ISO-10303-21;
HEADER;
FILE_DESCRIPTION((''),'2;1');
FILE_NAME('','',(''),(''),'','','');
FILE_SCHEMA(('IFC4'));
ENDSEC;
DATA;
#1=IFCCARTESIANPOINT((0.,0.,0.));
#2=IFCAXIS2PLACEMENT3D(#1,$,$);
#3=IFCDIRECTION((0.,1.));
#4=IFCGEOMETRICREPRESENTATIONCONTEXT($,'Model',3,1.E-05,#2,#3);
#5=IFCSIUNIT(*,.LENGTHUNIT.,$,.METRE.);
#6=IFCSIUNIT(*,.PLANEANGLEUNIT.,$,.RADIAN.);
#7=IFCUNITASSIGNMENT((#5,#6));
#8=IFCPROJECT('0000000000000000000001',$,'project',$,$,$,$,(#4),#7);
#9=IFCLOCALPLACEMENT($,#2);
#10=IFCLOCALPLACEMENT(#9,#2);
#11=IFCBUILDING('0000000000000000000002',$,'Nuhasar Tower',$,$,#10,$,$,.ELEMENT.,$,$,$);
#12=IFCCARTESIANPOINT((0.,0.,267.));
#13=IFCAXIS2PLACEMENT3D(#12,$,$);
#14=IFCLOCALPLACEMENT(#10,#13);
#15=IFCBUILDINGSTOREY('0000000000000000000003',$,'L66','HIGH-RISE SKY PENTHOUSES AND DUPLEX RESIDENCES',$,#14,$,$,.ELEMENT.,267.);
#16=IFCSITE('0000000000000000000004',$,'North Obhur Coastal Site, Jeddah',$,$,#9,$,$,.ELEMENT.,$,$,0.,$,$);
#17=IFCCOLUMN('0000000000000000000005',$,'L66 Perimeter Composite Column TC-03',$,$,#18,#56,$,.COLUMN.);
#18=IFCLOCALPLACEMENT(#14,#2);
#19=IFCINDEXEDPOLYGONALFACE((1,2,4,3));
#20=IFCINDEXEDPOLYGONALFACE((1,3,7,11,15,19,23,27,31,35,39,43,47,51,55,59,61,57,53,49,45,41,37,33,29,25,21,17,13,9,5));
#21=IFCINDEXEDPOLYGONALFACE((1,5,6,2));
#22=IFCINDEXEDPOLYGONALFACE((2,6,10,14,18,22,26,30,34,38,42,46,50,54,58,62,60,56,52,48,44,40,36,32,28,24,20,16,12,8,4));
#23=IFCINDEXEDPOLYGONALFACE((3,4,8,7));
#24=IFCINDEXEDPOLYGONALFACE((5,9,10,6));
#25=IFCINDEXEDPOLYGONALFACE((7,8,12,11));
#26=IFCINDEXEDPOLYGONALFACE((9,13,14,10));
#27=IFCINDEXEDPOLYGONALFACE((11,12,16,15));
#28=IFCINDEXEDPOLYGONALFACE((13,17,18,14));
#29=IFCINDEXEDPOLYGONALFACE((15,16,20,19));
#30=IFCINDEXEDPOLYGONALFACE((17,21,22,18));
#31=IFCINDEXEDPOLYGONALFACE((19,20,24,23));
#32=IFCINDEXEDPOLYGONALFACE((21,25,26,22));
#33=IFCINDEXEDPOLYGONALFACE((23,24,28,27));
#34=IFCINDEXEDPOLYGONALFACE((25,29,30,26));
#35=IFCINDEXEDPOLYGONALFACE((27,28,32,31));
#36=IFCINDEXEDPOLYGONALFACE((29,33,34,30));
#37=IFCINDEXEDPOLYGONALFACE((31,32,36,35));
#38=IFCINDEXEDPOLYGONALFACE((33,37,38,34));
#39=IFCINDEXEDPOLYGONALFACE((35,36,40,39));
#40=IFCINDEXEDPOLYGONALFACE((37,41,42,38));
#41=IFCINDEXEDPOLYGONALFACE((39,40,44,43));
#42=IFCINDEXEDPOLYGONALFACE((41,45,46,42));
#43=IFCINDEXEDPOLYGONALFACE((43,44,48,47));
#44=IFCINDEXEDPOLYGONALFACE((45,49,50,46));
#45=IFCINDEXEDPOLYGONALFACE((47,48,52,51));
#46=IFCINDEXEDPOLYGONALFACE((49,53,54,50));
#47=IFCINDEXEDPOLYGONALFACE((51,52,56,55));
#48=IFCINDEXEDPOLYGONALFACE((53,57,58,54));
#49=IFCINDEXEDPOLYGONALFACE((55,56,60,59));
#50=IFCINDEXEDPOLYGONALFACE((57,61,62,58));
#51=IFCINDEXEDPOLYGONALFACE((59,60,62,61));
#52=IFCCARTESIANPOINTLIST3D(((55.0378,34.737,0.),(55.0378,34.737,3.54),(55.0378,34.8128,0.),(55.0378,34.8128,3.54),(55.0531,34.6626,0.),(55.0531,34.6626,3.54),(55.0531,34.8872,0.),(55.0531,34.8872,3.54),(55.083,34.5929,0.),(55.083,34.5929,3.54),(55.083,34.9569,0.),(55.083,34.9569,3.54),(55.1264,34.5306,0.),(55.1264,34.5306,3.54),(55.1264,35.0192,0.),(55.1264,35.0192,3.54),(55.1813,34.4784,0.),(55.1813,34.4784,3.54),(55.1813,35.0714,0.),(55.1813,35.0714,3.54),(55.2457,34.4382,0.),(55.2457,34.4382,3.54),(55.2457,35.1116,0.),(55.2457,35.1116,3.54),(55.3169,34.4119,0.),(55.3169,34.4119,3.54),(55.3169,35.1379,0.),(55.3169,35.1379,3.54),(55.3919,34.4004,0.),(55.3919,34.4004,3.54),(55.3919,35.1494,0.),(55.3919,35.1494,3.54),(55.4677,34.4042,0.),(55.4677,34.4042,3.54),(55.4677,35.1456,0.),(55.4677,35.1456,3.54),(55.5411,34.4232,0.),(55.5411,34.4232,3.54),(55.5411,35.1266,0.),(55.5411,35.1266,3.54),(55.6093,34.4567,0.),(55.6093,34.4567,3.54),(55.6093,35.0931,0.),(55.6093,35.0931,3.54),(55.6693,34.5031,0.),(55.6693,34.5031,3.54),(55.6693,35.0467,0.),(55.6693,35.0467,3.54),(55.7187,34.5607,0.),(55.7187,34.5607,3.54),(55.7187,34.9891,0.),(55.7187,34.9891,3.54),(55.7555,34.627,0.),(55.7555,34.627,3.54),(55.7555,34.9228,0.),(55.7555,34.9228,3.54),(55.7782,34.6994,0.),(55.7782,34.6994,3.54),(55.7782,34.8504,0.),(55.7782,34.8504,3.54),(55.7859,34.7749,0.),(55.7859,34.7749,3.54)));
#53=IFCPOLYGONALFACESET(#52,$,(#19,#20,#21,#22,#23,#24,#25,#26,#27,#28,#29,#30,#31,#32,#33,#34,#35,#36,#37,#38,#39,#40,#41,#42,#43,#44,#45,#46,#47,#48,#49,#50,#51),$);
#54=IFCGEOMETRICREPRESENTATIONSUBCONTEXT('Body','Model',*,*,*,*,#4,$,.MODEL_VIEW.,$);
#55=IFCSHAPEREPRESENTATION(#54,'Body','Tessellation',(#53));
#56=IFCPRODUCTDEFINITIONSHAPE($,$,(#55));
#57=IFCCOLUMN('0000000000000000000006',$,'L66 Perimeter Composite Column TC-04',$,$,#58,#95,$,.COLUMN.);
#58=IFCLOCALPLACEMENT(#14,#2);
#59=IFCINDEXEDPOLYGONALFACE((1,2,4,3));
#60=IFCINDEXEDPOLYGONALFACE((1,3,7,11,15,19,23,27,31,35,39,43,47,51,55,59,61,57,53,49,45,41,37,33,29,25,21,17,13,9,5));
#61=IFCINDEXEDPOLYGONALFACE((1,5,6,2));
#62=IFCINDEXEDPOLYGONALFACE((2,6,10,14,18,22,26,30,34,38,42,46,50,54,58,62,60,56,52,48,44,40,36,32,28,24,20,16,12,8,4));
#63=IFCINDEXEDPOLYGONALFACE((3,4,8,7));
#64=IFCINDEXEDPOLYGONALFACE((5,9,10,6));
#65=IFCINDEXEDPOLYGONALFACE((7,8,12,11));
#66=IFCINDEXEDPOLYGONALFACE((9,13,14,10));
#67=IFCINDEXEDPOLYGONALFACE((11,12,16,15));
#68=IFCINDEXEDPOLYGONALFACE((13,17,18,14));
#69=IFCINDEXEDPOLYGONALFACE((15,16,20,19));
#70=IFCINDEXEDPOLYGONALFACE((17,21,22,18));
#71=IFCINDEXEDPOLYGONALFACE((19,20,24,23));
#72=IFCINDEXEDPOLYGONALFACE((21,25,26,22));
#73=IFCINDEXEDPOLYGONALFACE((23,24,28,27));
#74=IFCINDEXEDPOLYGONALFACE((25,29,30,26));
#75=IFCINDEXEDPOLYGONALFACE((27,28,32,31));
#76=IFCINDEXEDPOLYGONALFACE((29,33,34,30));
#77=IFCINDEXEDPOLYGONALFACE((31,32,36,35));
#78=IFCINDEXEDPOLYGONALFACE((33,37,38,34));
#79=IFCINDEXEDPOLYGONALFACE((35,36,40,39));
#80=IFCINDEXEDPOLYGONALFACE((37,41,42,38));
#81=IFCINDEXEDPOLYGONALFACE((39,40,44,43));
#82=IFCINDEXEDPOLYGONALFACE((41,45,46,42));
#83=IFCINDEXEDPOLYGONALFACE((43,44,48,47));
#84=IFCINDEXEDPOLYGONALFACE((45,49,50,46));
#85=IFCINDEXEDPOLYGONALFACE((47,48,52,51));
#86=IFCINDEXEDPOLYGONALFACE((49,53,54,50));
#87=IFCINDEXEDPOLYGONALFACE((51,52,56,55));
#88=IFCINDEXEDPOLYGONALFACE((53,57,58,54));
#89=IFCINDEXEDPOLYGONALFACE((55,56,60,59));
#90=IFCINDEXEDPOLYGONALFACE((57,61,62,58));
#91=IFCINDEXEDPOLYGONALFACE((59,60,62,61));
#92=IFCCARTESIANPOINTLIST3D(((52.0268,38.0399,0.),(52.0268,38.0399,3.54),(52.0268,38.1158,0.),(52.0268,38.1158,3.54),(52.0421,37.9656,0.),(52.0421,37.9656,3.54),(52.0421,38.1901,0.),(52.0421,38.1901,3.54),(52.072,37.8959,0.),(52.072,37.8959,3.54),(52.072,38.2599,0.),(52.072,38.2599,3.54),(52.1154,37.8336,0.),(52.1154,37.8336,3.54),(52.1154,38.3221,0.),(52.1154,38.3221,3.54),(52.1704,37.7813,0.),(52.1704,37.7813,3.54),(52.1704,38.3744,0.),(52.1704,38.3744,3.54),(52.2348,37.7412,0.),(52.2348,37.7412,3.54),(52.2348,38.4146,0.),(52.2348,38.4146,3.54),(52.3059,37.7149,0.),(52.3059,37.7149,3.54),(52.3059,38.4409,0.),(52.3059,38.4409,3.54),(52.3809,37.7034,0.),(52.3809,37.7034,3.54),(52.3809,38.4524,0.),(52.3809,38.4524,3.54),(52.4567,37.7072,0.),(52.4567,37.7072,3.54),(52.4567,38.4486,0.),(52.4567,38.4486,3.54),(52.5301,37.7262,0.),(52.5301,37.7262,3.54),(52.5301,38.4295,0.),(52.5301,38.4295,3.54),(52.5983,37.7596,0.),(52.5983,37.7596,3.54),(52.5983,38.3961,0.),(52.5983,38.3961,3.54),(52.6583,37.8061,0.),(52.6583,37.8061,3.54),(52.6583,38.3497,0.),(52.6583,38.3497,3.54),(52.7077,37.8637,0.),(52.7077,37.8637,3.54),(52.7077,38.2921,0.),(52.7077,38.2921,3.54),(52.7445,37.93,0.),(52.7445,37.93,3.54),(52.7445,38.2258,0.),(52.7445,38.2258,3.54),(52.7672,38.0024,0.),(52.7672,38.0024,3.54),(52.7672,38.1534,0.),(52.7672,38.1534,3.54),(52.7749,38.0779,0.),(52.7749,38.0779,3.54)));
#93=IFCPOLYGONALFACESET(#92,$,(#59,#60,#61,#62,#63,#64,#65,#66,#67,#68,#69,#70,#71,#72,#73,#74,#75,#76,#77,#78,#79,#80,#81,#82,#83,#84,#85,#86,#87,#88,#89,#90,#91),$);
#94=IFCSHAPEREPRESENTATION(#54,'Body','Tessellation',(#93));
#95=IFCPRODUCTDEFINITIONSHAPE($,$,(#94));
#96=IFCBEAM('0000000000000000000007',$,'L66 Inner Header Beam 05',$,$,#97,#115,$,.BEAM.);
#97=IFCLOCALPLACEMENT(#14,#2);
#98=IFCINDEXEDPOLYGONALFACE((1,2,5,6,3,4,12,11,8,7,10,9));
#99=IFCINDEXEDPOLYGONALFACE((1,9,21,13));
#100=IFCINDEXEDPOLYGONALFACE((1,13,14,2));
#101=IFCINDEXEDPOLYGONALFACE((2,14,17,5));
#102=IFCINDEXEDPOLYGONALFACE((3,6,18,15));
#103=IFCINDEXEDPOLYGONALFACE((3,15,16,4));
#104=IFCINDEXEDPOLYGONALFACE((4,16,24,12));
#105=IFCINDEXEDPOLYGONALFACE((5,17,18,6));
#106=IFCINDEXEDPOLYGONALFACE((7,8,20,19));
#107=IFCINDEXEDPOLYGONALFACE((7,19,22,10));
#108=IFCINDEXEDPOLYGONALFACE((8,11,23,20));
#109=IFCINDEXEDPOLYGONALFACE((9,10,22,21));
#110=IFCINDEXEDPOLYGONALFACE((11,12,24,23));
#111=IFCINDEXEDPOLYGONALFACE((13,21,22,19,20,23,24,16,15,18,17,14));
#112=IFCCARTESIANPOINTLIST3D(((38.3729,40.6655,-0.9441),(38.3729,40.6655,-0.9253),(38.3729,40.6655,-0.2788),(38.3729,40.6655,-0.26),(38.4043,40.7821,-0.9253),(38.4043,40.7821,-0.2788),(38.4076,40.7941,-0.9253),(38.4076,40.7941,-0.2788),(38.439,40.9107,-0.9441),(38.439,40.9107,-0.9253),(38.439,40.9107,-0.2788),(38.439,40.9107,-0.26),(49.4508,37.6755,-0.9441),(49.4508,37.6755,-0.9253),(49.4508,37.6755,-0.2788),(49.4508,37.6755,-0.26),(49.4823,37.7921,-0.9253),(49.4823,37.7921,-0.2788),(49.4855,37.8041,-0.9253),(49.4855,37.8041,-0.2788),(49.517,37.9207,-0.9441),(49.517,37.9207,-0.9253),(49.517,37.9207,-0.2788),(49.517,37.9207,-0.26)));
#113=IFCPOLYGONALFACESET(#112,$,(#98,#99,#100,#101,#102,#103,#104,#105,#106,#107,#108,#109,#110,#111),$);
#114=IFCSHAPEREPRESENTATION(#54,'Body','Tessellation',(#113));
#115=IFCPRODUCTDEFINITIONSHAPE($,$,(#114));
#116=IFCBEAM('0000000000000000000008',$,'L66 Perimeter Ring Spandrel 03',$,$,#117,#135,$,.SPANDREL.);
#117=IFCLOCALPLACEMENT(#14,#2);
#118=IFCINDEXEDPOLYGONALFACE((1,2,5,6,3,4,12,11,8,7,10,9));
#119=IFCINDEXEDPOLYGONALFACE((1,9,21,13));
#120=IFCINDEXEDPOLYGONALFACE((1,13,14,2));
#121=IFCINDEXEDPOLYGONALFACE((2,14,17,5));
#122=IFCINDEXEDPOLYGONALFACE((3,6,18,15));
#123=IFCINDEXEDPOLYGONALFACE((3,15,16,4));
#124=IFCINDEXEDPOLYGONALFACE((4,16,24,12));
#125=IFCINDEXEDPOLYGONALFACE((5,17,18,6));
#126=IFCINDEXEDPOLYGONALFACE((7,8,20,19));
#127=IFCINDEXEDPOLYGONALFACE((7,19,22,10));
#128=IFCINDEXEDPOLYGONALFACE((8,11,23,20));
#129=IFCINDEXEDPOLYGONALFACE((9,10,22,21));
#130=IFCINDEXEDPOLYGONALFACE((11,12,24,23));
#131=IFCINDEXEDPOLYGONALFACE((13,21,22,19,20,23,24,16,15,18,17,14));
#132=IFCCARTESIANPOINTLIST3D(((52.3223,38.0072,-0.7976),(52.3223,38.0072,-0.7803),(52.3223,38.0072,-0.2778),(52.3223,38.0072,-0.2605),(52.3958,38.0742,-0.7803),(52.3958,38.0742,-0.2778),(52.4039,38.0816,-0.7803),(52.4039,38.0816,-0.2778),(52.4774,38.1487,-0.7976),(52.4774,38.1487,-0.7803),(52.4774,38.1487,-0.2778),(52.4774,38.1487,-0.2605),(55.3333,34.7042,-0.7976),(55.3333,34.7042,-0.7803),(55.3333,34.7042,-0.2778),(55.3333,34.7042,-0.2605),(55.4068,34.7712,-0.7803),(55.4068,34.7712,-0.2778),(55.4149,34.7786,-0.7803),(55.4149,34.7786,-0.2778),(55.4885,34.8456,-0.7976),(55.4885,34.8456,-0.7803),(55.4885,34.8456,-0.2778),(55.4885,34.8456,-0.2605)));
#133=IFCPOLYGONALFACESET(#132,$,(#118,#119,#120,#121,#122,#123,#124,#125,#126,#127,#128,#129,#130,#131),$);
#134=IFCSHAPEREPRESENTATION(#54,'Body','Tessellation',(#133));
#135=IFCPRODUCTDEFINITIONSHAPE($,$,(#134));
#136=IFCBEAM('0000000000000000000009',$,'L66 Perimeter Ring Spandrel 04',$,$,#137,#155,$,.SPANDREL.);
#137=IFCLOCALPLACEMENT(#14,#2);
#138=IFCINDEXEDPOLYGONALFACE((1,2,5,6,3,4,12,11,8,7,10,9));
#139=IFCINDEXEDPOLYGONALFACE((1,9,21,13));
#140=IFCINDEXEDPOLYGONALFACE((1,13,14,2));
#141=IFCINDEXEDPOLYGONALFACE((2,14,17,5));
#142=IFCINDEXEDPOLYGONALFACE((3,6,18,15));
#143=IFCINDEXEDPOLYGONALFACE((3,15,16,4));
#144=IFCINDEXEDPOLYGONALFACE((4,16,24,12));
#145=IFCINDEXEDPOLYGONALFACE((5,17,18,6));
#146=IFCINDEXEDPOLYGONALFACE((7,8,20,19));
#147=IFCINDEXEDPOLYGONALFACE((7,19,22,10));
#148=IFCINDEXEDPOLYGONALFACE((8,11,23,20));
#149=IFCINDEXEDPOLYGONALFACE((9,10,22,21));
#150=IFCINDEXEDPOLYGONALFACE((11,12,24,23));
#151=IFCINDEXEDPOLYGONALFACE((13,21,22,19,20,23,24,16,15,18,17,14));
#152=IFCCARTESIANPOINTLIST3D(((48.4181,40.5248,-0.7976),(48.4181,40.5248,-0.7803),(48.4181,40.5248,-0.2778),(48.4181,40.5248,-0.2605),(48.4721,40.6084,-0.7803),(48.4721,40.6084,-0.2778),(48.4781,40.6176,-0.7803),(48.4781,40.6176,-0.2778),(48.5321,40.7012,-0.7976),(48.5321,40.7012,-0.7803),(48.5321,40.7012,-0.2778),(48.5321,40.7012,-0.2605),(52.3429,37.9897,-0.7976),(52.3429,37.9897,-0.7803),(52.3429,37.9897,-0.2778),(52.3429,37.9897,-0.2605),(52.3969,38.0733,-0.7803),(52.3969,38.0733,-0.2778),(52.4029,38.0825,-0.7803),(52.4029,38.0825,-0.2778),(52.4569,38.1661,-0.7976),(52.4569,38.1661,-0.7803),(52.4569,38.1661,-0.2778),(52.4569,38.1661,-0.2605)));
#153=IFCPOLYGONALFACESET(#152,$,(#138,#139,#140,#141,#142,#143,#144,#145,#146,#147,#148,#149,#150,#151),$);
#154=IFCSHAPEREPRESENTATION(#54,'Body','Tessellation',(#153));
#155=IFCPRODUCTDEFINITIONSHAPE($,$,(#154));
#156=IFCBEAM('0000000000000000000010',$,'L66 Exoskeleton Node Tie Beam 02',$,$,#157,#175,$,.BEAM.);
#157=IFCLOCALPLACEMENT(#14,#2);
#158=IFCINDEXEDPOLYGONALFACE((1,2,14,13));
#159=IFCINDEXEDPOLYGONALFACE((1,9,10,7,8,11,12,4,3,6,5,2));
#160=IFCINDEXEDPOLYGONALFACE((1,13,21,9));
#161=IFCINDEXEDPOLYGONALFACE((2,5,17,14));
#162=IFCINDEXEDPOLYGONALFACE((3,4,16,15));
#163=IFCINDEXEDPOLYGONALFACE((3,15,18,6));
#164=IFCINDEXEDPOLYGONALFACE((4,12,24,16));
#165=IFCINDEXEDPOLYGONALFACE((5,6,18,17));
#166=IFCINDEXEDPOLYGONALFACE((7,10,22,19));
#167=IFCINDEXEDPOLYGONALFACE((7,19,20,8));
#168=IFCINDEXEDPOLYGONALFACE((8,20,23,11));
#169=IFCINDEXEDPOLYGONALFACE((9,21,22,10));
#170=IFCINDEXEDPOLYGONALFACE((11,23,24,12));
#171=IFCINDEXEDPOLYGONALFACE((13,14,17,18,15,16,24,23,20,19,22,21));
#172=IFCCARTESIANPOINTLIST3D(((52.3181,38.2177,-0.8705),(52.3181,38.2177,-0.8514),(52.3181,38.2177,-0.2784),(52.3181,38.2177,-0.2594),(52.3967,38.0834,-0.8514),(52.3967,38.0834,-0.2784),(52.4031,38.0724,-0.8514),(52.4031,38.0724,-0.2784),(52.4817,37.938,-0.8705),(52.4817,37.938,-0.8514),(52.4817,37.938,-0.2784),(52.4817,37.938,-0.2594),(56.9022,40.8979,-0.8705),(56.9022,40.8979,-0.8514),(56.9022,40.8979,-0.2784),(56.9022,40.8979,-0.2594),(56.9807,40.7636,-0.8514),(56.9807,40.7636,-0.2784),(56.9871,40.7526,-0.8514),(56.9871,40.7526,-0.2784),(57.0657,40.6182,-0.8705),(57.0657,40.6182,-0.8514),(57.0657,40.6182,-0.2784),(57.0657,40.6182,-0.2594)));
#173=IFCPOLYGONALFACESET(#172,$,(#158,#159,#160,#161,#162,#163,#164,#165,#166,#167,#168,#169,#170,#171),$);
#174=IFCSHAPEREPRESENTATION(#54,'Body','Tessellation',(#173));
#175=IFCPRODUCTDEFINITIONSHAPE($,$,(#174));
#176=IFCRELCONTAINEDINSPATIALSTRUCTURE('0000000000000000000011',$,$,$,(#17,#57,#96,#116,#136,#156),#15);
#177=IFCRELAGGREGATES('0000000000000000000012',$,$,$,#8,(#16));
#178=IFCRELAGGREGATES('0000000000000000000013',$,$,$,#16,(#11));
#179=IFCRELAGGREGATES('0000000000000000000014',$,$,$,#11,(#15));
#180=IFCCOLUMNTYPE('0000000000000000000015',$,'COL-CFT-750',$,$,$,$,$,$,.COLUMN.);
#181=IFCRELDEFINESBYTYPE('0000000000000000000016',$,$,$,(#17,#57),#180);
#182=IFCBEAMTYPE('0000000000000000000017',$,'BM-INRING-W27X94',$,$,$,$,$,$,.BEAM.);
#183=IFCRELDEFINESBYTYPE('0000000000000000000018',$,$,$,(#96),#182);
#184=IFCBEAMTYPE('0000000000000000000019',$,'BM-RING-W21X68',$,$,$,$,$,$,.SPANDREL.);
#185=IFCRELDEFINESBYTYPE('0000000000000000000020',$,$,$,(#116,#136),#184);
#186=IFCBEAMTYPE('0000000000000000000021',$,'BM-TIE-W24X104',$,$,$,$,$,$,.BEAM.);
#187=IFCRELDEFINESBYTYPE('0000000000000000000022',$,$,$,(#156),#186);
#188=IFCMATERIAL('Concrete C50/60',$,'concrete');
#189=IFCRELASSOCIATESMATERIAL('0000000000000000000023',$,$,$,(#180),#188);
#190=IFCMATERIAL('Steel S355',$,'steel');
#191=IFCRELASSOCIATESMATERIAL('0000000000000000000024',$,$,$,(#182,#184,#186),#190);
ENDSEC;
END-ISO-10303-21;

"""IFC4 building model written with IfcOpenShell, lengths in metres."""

from ifc_helpers import new_model, si_unit, direction, frame, origin, origin_2d, place, context, subcontext, project, spatial, circle, i_section, extrude, material, material_profile, profile_set, type_object, element, save


model = new_model("IFC4")

# Units and contexts
model_context = context("Model", 3, precision=1e-05, world=origin(), true_north=direction((0.0, 1.0)))
body_context = subcontext(model_context, "Body", "Model", "MODEL_VIEW")
ifc_project = project(units=[si_unit("LENGTHUNIT", "METRE"), si_unit("PLANEANGLEUNIT", "RADIAN")], contexts=[model_context])

# Site, building, storey
site_placement = place(None, origin())
site = spatial("IfcSite", under=ifc_project, at=site_placement, Name="North Obhur Coastal Site, Jeddah", CompositionType="ELEMENT", RefElevation=0.0)
building_placement = place(site_placement, origin())
building = spatial("IfcBuilding", under=site, at=building_placement, Name="Nuhasar Tower", CompositionType="ELEMENT")
storey_placement = place(building_placement, frame((0.0, 0.0, 267.0)))
storey = spatial("IfcBuildingStorey", under=building, at=storey_placement, Name="L66", Description="HIGH-RISE SKY PENTHOUSES AND DUPLEX RESIDENCES", CompositionType="ELEMENT", Elevation=267.0)

# Columns
ifc_material_1 = material(Name="Concrete C50/60", Category="concrete")
ifc_material_profile_1 = material_profile(ifc_material_1, circle(Radius=0.375, at=origin_2d()), Name="CFT750")
ifc_profile_set_1 = profile_set([ifc_material_profile_1], Name="Concrete C50/60")
column_type = type_object("IfcColumnType", Name="COL-CFT-750", PredefinedType="COLUMN", material=ifc_profile_set_1)
for number, where, z_axis, x_axis, name in (
    (1, (55.4109, 34.7749, 0.0), (0.0, 0.0, 1.0), (1.0, 0.0, 0.0), "L66 Perimeter Composite Column TC-03"),
    (2, (52.3999, 38.0779, 0.0), (0.0, 0.0, 1.0), (1.0, 0.0, 0.0), "L66 Perimeter Composite Column TC-04"),
):
    element("IfcColumn", number, at=place(storey_placement, frame(where, z_axis=z_axis, x_axis=x_axis)), inside=storey, type_object=column_type, Name=name, PredefinedType="COLUMN", context=body_context, shape_type="SweptSolid", body=[
        extrude(circle(Radius=0.375, at=origin_2d()), origin(), (0.0, 0.0, 1.0), 3.54),
    ])

# Beams
ifc_material_2 = material(Name="Steel S355", Category="steel")
ifc_material_profile_2 = material_profile(ifc_material_2, i_section(OverallWidth=0.2539, OverallDepth=0.6841, WebThickness=0.0125, FlangeThickness=0.0188, at=origin_2d()), Name="W27X94")
ifc_profile_set_2 = profile_set([ifc_material_profile_2], Name="Steel S355")
beam_type_1 = type_object("IfcBeamType", Name="BM-INRING-W27X94", PredefinedType="BEAM", material=ifc_profile_set_2)
beam_1_placement = place(storey_placement, frame((49.4839, 37.7981, -0.6021), z_axis=(-0.965452, 0.260582, 0.0), x_axis=(-0.260582, -0.965452, 0.0)))
element("IfcBeam", 3, at=beam_1_placement, inside=storey, type_object=beam_type_1, Name="L66 Inner Header Beam 05", PredefinedType="BEAM", context=body_context, shape_type="SweptSolid", body=[
    extrude(i_section(OverallWidth=0.2539, OverallDepth=0.6841, WebThickness=0.0125, FlangeThickness=0.0188, at=origin_2d()), origin(), (0.0, 0.0, 1.0), 11.4744),
])
ifc_material_profile_3 = material_profile(ifc_material_2, i_section(OverallWidth=0.21, OverallDepth=0.5371, WebThickness=0.011, FlangeThickness=0.0173, at=origin_2d()), Name="W21X68")
ifc_profile_set_3 = profile_set([ifc_material_profile_3], Name="Steel S355")
beam_type_2 = type_object("IfcBeamType", Name="BM-RING-W21X68", PredefinedType="SPANDREL", material=ifc_profile_set_3)
beam_2_placement = place(storey_placement, frame((55.4109, 34.7749, -0.5291), z_axis=(-0.673686, 0.739017, 0.0), x_axis=(-0.739017, -0.673686, 0.0)))
element("IfcBeam", 4, at=beam_2_placement, inside=storey, type_object=beam_type_2, Name="L66 Perimeter Ring Spandrel 03", PredefinedType="SPANDREL", context=body_context, shape_type="SweptSolid", body=[
    extrude(i_section(OverallWidth=0.21, OverallDepth=0.5371, WebThickness=0.011, FlangeThickness=0.0173, at=origin_2d()), origin(), (0.0, 0.0, 1.0), 4.4695),
])
beam_3_placement = place(storey_placement, frame((52.3999, 38.0779, -0.5291), z_axis=(-0.840002, 0.542584, 0.0), x_axis=(-0.542584, -0.840002, 0.0)))
element("IfcBeam", 5, at=beam_3_placement, inside=storey, type_object=beam_type_2, Name="L66 Perimeter Ring Spandrel 04", PredefinedType="SPANDREL", context=body_context, shape_type="SweptSolid", body=[
    extrude(i_section(OverallWidth=0.21, OverallDepth=0.5371, WebThickness=0.011, FlangeThickness=0.0173, at=origin_2d()), origin(), (0.0, 0.0, 1.0), 4.6724),
])
ifc_material_profile_4 = material_profile(ifc_material_2, i_section(OverallWidth=0.324, OverallDepth=0.6111, WebThickness=0.0127, FlangeThickness=0.019, at=origin_2d()), Name="W24X104")
ifc_profile_set_4 = profile_set([ifc_material_profile_4], Name="Steel S355")
beam_type_3 = type_object("IfcBeamType", Name="BM-TIE-W24X104", PredefinedType="BEAM", material=ifc_profile_set_4)
beam_4_placement = place(storey_placement, frame((52.3999, 38.0779, -0.5649), z_axis=(0.863272, 0.50474, 0.0), x_axis=(-0.50474, 0.863272, 0.0)))
element("IfcBeam", 6, at=beam_4_placement, inside=storey, type_object=beam_type_3, Name="L66 Exoskeleton Node Tie Beam 02", PredefinedType="BEAM", context=body_context, shape_type="SweptSolid", body=[
    extrude(i_section(OverallWidth=0.324, OverallDepth=0.6111, WebThickness=0.0127, FlangeThickness=0.019, at=origin_2d()), origin(), (0.0, 0.0, 1.0), 5.3101),
])

save(model, "model.ifc")
